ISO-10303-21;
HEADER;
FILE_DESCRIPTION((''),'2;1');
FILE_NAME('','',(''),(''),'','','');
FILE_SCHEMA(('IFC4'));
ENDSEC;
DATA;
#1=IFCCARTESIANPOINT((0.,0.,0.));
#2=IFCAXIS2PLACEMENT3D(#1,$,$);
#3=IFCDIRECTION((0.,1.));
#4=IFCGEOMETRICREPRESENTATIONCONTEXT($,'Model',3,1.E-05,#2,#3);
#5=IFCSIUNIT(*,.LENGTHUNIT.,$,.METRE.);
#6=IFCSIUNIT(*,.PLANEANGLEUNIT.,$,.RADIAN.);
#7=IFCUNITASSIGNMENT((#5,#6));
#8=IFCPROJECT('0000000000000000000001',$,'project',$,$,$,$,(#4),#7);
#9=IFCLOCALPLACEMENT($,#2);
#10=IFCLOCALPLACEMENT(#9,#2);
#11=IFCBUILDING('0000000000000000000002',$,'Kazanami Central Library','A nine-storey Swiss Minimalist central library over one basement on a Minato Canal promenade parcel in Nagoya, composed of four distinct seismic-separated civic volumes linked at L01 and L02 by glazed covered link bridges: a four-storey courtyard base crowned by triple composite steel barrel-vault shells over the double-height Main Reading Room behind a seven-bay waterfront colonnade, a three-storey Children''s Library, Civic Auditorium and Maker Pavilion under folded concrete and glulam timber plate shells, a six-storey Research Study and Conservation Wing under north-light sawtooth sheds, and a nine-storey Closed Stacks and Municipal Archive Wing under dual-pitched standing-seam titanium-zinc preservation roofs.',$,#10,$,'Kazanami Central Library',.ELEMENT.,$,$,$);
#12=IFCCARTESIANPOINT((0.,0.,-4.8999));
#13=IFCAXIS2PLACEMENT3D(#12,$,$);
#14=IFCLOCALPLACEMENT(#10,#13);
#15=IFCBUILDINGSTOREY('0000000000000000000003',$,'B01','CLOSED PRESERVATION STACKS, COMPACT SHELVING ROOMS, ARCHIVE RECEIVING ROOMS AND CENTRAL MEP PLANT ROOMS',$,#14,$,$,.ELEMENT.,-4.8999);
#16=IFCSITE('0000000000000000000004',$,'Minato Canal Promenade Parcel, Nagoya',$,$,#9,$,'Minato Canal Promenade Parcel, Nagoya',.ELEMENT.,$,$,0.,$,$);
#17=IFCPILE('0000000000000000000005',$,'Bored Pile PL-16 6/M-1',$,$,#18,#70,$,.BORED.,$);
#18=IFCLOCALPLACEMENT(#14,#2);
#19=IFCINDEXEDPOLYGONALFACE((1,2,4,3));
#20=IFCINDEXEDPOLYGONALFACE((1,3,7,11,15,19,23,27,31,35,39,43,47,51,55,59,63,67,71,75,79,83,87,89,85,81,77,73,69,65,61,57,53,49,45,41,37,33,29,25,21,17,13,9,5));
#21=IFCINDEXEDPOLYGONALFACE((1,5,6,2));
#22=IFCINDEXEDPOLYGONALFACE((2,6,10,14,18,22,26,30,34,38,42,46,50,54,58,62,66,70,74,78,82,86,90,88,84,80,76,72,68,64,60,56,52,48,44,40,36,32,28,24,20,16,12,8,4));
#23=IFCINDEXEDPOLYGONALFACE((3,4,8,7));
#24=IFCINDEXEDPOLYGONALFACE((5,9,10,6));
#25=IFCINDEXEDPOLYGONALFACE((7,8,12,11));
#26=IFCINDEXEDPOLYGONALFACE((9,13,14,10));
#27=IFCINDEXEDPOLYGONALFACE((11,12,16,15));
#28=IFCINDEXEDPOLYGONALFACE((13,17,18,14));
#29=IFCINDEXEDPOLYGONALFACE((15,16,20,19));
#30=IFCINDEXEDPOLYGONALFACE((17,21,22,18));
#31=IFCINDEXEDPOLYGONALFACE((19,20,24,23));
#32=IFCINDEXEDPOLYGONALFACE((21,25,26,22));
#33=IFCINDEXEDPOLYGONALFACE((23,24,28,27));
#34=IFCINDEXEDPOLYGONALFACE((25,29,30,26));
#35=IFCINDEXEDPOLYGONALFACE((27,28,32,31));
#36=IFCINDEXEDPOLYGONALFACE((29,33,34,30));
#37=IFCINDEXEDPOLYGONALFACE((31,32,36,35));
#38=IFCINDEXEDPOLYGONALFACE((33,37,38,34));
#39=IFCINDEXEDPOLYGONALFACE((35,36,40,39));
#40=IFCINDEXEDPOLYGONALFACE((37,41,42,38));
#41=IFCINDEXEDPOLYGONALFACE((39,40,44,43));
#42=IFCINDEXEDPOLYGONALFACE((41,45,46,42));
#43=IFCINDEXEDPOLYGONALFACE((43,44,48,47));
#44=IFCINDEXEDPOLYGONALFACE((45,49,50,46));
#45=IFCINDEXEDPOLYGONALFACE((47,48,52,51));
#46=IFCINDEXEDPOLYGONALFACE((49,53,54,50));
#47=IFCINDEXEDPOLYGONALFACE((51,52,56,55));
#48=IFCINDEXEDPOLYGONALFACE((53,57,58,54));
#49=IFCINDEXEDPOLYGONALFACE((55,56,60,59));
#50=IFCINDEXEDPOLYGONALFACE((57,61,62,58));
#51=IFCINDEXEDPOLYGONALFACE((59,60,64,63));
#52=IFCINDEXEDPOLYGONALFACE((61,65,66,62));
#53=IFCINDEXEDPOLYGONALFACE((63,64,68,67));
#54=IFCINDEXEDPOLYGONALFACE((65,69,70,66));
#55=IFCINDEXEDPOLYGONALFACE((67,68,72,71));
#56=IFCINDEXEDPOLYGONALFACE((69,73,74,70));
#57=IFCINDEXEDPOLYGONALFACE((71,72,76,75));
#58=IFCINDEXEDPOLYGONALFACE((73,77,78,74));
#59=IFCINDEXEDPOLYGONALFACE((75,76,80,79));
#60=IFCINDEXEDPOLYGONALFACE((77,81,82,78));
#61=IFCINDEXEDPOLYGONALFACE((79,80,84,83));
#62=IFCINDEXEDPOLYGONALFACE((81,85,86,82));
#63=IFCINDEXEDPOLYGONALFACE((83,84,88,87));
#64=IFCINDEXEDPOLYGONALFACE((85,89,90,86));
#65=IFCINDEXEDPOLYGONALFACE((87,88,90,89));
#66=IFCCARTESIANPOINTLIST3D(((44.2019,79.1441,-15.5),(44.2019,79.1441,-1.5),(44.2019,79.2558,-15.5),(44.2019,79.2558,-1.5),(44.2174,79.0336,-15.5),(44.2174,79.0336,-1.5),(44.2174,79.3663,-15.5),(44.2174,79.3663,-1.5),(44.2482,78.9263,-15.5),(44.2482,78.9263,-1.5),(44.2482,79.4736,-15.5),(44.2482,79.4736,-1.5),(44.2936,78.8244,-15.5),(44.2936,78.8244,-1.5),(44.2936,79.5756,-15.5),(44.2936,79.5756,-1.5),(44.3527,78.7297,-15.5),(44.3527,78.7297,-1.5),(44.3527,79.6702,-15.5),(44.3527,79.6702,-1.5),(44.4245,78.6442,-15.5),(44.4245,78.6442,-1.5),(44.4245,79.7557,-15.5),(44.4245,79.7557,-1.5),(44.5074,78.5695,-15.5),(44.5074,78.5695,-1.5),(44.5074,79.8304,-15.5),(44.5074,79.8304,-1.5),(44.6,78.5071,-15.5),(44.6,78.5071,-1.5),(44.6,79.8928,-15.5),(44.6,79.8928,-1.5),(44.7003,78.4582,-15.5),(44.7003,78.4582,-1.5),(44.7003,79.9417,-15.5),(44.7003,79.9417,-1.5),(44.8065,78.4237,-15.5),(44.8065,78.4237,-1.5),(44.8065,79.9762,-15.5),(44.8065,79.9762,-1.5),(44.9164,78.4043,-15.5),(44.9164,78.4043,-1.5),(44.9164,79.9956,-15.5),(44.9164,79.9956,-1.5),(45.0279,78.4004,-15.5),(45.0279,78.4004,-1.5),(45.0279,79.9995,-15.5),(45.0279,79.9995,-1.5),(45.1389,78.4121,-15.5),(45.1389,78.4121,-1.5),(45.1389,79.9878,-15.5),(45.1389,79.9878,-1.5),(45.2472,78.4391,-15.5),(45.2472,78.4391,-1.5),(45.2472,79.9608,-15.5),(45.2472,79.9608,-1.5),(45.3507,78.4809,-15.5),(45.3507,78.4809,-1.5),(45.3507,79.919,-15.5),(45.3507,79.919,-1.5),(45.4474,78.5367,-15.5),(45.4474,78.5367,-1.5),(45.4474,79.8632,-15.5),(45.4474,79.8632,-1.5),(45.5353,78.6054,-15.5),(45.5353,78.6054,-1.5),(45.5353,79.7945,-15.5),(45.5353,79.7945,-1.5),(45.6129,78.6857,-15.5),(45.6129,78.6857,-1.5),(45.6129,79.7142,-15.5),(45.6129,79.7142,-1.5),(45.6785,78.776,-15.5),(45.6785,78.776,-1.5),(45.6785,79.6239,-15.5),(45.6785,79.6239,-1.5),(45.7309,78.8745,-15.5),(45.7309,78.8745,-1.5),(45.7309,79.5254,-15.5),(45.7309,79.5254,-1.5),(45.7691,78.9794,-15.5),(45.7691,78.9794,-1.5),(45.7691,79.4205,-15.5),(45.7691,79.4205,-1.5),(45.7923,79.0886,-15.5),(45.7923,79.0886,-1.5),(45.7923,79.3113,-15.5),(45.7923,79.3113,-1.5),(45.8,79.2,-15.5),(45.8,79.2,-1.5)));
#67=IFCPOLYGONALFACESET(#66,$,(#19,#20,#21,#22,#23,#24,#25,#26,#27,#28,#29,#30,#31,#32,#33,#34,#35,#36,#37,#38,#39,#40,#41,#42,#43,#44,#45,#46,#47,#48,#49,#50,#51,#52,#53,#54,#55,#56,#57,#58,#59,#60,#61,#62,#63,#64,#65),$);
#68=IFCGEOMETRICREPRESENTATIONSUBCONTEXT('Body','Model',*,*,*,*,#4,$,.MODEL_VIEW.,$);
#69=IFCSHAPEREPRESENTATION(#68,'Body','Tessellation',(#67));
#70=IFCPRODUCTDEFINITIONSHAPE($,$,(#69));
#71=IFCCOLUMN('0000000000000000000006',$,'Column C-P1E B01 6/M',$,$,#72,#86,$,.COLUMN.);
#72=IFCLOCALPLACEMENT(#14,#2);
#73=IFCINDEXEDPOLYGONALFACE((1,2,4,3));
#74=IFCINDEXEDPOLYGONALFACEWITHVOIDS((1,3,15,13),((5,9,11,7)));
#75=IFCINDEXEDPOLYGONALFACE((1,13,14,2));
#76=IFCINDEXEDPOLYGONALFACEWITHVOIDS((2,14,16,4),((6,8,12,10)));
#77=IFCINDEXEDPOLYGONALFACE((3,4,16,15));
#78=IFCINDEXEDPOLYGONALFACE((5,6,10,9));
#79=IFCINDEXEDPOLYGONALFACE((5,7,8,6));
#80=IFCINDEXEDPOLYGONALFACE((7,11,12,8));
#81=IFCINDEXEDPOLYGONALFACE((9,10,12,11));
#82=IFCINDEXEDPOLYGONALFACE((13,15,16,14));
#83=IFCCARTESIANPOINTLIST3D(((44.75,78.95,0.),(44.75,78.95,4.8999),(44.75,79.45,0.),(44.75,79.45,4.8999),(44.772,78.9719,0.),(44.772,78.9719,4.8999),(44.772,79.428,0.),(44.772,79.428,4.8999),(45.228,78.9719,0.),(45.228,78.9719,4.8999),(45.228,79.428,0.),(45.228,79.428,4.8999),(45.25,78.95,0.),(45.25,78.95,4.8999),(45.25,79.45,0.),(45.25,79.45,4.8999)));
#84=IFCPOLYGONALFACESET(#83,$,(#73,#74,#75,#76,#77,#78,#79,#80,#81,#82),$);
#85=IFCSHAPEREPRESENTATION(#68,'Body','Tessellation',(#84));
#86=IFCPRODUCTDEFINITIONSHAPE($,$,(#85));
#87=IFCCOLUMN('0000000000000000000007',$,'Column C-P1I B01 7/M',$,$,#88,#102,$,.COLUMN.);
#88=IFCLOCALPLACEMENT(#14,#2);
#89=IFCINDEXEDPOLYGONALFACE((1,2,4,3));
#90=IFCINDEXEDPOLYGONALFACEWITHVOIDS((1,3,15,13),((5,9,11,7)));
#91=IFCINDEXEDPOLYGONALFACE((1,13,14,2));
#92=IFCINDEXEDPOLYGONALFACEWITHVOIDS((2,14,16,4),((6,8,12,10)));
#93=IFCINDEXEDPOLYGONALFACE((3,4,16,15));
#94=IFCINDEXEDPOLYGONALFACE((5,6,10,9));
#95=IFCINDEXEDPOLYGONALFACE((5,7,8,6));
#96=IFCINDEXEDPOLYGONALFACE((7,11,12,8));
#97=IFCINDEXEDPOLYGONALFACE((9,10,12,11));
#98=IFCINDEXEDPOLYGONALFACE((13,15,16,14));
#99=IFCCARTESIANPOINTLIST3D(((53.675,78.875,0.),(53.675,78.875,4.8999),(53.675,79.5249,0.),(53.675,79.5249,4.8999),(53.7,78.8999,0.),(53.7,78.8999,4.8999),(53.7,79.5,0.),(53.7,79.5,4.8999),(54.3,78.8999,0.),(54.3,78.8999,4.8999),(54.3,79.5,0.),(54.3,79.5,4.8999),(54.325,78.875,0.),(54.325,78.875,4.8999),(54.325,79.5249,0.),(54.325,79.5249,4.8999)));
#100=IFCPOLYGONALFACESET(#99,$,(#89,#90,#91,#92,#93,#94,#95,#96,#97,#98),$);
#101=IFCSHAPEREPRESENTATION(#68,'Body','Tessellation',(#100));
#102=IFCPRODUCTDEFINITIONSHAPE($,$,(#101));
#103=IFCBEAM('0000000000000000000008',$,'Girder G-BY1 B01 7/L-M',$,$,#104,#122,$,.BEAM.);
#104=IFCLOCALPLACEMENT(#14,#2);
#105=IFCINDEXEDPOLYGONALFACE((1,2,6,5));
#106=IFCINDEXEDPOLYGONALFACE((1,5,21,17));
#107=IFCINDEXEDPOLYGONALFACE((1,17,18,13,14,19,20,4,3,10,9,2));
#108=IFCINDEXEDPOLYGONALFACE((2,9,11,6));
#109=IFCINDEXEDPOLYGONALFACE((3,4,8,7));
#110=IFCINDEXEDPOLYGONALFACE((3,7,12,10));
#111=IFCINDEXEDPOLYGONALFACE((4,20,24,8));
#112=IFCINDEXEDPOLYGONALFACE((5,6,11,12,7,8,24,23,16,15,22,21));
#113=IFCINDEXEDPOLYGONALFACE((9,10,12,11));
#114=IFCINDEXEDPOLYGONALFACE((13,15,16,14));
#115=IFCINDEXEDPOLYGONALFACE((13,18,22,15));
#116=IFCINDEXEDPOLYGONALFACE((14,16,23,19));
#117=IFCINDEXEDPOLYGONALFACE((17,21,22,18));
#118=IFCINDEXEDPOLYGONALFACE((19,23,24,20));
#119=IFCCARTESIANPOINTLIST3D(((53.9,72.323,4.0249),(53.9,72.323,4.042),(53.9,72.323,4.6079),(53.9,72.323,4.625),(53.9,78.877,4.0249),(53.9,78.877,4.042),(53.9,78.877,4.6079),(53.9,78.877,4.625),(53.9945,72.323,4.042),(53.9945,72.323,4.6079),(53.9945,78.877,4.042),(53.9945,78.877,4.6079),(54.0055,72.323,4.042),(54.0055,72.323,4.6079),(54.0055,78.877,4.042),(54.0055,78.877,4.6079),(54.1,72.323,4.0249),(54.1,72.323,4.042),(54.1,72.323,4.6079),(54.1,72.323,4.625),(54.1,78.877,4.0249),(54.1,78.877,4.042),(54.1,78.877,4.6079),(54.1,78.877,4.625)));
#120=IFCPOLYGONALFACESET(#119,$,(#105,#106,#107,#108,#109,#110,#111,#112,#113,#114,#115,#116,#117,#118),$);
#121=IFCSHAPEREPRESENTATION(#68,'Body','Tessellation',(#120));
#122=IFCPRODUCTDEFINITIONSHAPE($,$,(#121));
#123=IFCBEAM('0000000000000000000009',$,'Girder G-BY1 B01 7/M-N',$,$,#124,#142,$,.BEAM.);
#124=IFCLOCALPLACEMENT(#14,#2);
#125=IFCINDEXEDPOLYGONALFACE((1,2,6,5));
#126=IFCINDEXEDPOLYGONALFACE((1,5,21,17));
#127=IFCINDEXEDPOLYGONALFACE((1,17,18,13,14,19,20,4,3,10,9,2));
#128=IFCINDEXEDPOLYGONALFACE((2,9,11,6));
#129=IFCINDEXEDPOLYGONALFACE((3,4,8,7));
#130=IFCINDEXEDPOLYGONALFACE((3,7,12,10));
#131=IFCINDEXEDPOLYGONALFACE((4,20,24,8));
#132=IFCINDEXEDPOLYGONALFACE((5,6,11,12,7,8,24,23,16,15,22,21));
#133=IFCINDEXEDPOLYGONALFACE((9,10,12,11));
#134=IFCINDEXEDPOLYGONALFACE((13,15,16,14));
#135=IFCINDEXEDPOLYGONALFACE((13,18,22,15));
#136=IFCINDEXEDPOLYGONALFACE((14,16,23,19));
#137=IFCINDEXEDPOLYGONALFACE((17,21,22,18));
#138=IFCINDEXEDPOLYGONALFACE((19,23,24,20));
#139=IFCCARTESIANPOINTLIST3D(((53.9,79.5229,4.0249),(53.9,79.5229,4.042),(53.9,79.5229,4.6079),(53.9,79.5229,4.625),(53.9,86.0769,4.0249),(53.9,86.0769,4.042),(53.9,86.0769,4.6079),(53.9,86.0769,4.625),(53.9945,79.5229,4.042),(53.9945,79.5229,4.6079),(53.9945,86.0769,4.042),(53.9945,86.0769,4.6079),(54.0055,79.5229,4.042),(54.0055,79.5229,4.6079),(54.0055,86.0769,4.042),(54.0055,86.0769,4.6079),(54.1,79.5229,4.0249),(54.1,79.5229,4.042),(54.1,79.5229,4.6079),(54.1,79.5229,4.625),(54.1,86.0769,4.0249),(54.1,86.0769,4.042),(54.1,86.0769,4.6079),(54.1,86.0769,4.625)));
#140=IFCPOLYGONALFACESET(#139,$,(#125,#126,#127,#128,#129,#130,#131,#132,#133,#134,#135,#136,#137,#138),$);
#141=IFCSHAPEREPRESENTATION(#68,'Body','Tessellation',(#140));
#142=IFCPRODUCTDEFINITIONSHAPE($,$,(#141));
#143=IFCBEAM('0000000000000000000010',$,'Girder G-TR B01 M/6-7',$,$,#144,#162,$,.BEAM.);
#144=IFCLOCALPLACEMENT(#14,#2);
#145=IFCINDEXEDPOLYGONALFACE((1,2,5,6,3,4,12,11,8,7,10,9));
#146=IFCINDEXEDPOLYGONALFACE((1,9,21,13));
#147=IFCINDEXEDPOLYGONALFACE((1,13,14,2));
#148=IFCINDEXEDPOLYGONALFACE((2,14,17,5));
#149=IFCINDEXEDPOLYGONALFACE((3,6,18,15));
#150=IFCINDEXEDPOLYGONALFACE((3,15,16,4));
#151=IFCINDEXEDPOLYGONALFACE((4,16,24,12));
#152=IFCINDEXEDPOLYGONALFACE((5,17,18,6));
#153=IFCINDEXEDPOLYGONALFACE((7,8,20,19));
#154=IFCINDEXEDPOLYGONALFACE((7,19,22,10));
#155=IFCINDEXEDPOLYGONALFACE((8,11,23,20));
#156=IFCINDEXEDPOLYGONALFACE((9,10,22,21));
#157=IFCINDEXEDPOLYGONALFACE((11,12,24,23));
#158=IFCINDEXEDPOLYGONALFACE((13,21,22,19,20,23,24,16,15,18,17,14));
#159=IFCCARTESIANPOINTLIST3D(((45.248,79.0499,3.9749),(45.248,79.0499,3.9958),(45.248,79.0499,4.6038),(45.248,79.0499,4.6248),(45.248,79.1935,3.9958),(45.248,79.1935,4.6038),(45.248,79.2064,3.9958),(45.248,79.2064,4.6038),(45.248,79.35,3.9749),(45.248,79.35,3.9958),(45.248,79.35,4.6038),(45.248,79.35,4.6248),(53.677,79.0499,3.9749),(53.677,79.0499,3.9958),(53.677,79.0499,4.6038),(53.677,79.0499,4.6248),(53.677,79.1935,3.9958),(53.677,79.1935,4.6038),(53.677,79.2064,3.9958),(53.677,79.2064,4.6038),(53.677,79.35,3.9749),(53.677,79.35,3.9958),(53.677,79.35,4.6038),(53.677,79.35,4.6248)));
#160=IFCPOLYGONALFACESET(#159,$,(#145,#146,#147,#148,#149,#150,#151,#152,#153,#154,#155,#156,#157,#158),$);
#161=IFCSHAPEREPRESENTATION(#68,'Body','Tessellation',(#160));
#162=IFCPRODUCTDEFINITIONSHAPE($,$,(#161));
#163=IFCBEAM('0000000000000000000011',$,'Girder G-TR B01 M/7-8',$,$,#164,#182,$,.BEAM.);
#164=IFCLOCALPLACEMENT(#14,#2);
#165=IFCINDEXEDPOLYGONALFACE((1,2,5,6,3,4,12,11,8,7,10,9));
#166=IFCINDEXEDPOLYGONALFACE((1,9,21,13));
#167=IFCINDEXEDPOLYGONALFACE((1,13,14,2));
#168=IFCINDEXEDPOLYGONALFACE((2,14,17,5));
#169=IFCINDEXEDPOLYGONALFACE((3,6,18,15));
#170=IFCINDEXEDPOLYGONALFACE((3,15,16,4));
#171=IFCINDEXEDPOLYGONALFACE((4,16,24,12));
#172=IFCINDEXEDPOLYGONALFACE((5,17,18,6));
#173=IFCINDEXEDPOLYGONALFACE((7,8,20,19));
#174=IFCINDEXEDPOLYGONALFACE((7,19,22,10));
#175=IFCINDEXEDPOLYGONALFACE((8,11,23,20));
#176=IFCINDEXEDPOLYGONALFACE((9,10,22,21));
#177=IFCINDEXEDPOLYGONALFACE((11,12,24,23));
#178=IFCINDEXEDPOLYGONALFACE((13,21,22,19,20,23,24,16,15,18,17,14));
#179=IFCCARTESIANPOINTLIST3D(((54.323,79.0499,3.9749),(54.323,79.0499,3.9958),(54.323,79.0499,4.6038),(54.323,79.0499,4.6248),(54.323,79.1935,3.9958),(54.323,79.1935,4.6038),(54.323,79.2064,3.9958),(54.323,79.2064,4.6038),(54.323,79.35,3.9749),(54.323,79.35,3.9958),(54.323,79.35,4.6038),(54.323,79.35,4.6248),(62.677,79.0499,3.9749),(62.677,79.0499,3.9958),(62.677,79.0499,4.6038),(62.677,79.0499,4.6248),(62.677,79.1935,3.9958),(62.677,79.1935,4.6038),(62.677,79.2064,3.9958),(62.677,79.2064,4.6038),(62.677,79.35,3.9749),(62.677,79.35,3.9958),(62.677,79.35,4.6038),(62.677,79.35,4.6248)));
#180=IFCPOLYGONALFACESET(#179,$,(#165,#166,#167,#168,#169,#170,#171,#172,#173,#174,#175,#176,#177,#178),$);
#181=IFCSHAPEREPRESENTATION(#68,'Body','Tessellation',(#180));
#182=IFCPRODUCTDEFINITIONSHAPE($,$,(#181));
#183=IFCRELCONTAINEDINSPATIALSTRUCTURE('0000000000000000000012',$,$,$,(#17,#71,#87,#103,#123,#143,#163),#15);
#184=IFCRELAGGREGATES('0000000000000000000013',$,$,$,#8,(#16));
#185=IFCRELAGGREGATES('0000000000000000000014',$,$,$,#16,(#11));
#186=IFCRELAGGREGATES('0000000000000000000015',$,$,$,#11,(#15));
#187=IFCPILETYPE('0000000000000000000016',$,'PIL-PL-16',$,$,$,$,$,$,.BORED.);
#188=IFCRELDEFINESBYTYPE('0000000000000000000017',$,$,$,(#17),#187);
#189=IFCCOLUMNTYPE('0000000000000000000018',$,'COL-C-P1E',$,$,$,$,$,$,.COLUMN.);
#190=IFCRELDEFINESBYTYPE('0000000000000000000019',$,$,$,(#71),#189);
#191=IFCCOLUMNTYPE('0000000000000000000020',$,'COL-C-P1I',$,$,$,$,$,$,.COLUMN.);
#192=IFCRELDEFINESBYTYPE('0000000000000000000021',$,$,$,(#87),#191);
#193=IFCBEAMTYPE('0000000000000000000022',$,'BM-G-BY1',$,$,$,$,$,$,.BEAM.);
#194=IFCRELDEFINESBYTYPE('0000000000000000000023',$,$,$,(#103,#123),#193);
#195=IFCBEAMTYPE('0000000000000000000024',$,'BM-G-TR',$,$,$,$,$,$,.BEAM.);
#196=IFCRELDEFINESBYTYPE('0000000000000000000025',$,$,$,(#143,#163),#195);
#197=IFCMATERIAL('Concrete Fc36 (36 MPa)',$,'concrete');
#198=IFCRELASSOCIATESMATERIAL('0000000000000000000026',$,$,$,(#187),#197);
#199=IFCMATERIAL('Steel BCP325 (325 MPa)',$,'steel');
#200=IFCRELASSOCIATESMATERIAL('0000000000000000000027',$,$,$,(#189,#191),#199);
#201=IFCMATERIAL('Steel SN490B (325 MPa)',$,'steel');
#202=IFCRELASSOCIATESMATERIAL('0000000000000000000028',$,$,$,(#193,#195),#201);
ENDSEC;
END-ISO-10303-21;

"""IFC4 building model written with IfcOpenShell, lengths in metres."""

from ifc_helpers import new_model, si_unit, direction, frame, origin, origin_2d, place, context, subcontext, project, spatial, hollow_rectangle, circle, i_section, extrude, material, material_profile, profile_set, type_object, element, save


model = new_model("IFC4")

# Units and contexts
model_context = context("Model", 3, precision=1e-05, world=origin(), true_north=direction((0.0, 1.0)))
body_context = subcontext(model_context, "Body", "Model", "MODEL_VIEW")
ifc_project = project(units=[si_unit("LENGTHUNIT", "METRE"), si_unit("PLANEANGLEUNIT", "RADIAN")], contexts=[model_context])

# Site, building, storey
site_placement = place(None, origin())
site = spatial("IfcSite", under=ifc_project, at=site_placement, Name="Minato Canal Promenade Parcel, Nagoya", LongName="Minato Canal Promenade Parcel, Nagoya", CompositionType="ELEMENT", RefElevation=0.0)
building_placement = place(site_placement, origin())
building = spatial("IfcBuilding", under=site, at=building_placement, Name="Kazanami Central Library", Description="A nine-storey Swiss Minimalist central library over one basement on a Minato Canal promenade parcel in Nagoya, composed of four distinct seismic-separated civic volumes linked at L01 and L02 by glazed covered link bridges: a four-storey courtyard base crowned by triple composite steel barrel-vault shells over the double-height Main Reading Room behind a seven-bay waterfront colonnade, a three-storey Children's Library, Civic Auditorium and Maker Pavilion under folded concrete and glulam timber plate shells, a six-storey Research Study and Conservation Wing under north-light sawtooth sheds, and a nine-storey Closed Stacks and Municipal Archive Wing under dual-pitched standing-seam titanium-zinc preservation roofs.", LongName="Kazanami Central Library", CompositionType="ELEMENT")
storey_placement = place(building_placement, frame((0.0, 0.0, -4.8999)))
storey = spatial("IfcBuildingStorey", under=building, at=storey_placement, Name="B01", Description="CLOSED PRESERVATION STACKS, COMPACT SHELVING ROOMS, ARCHIVE RECEIVING ROOMS AND CENTRAL MEP PLANT ROOMS", CompositionType="ELEMENT", Elevation=-4.8999)

# Shared definitions
ifc_material_1 = material(Name="Concrete Fc36 (36 MPa)", Category="concrete")

# Pile
ifc_material_profile_1 = material_profile(ifc_material_1, circle(Radius=0.8, at=origin_2d()), Name="BORED-D1600")
ifc_profile_set_1 = profile_set([ifc_material_profile_1], Name="Concrete Fc36 (36 MPa)")
pile_type_1 = type_object("IfcPileType", Name="PIL-PL-16", PredefinedType="BORED", material=ifc_profile_set_1)
pile_placement = place(storey_placement, frame((45.0, 79.2, -1.5), z_axis=(0.0, 0.0, -1.0), x_axis=(1.0, 0.0, 0.0)))
element("IfcPile", 1, at=pile_placement, inside=storey, type_object=pile_type_1, Name="Bored Pile PL-16 6/M-1", PredefinedType="BORED", context=body_context, shape_type="SweptSolid", body=[
    extrude(circle(Radius=0.8, at=origin_2d()), origin(), (0.0, 0.0, 1.0), 14.0),
])

# Columns
ifc_material_2 = material(Name="Steel BCP325 (325 MPa)", Category="steel")
ifc_material_profile_2 = material_profile(ifc_material_2, hollow_rectangle(XDim=0.5, YDim=0.5, WallThickness=0.022, at=origin_2d()), Name="BCP-500x500x22")
ifc_profile_set_2 = profile_set([ifc_material_profile_2], Name="Steel BCP325 (325 MPa)")
column_type_1 = type_object("IfcColumnType", Name="COL-C-P1E", PredefinedType="COLUMN", material=ifc_profile_set_2)
column_1_placement = place(storey_placement, frame((45.0, 79.2, 0.0), z_axis=(0.0, 0.0, 1.0), x_axis=(1.0, 0.0, 0.0)))
element("IfcColumn", 2, at=column_1_placement, inside=storey, type_object=column_type_1, Name="Column C-P1E B01 6/M", PredefinedType="COLUMN", context=body_context, shape_type="SweptSolid", body=[
    extrude(hollow_rectangle(XDim=0.5, YDim=0.5, WallThickness=0.022, at=origin_2d()), origin(), (0.0, 0.0, 1.0), 4.8999),
])
ifc_material_profile_3 = material_profile(ifc_material_2, hollow_rectangle(XDim=0.6499, YDim=0.6499, WallThickness=0.0249, at=origin_2d()), Name="BCP-650x650x25")
ifc_profile_set_3 = profile_set([ifc_material_profile_3], Name="Steel BCP325 (325 MPa)")
column_type_2 = type_object("IfcColumnType", Name="COL-C-P1I", PredefinedType="COLUMN", material=ifc_profile_set_3)
column_2_placement = place(storey_placement, frame((54.0, 79.2, 0.0), z_axis=(0.0, 0.0, 1.0), x_axis=(1.0, 0.0, 0.0)))
element("IfcColumn", 3, at=column_2_placement, inside=storey, type_object=column_type_2, Name="Column C-P1I B01 7/M", PredefinedType="COLUMN", context=body_context, shape_type="SweptSolid", body=[
    extrude(hollow_rectangle(XDim=0.6499, YDim=0.6499, WallThickness=0.0249, at=origin_2d()), origin(), (0.0, 0.0, 1.0), 4.8999),
])

# Beams
ifc_material_3 = material(Name="Steel SN490B (325 MPa)", Category="steel")
ifc_material_profile_4 = material_profile(ifc_material_3, i_section(OverallWidth=0.2, OverallDepth=0.6001, WebThickness=0.011, FlangeThickness=0.0171, at=origin_2d()), Name="H-600x200x11x17")
ifc_profile_set_4 = profile_set([ifc_material_profile_4], Name="Steel SN490B (325 MPa)")
beam_type_1 = type_object("IfcBeamType", Name="BM-G-BY1", PredefinedType="BEAM", material=ifc_profile_set_4)
for number, where, z_axis, x_axis, name in (
    (4, (54.0, 72.323, 4.325), (0.0, 1.0, 0.0), (-1.0, 0.0, 0.0), "Girder G-BY1 B01 7/L-M"),
    (5, (54.0, 79.5229, 4.325), (0.0, 1.0, 0.0), (-1.0, 0.0, 0.0), "Girder G-BY1 B01 7/M-N"),
):
    element("IfcBeam", number, at=place(storey_placement, frame(where, z_axis=z_axis, x_axis=x_axis)), inside=storey, type_object=beam_type_1, Name=name, PredefinedType="BEAM", context=body_context, shape_type="SweptSolid", body=[
        extrude(i_section(OverallWidth=0.2, OverallDepth=0.6001, WebThickness=0.011, FlangeThickness=0.0171, at=origin_2d()), origin(), (0.0, 0.0, 1.0), 6.554),
    ])
ifc_material_profile_5 = material_profile(ifc_material_3, i_section(OverallWidth=0.3, OverallDepth=0.6499, WebThickness=0.0129, FlangeThickness=0.021, at=origin_2d()), Name="H-650x300x13x21")
ifc_profile_set_5 = profile_set([ifc_material_profile_5], Name="Steel SN490B (325 MPa)")
beam_type_2 = type_object("IfcBeamType", Name="BM-G-TR", PredefinedType="BEAM", material=ifc_profile_set_5)
beam_1_placement = place(storey_placement, frame((45.248, 79.2, 4.2998), z_axis=(1.0, 0.0, 0.0), x_axis=(0.0, 1.0, 0.0)))
element("IfcBeam", 6, at=beam_1_placement, inside=storey, type_object=beam_type_2, Name="Girder G-TR B01 M/6-7", PredefinedType="BEAM", context=body_context, shape_type="SweptSolid", body=[
    extrude(i_section(OverallWidth=0.3, OverallDepth=0.6499, WebThickness=0.0129, FlangeThickness=0.021, at=origin_2d()), origin(), (0.0, 0.0, 1.0), 8.429),
])
beam_2_placement = place(storey_placement, frame((54.323, 79.2, 4.2998), z_axis=(1.0, 0.0, 0.0), x_axis=(0.0, 1.0, 0.0)))
element("IfcBeam", 7, at=beam_2_placement, inside=storey, type_object=beam_type_2, Name="Girder G-TR B01 M/7-8", PredefinedType="BEAM", context=body_context, shape_type="SweptSolid", body=[
    extrude(i_section(OverallWidth=0.3, OverallDepth=0.6499, WebThickness=0.0129, FlangeThickness=0.021, at=origin_2d()), origin(), (0.0, 0.0, 1.0), 8.354),
])

save(model, "model.ifc")
